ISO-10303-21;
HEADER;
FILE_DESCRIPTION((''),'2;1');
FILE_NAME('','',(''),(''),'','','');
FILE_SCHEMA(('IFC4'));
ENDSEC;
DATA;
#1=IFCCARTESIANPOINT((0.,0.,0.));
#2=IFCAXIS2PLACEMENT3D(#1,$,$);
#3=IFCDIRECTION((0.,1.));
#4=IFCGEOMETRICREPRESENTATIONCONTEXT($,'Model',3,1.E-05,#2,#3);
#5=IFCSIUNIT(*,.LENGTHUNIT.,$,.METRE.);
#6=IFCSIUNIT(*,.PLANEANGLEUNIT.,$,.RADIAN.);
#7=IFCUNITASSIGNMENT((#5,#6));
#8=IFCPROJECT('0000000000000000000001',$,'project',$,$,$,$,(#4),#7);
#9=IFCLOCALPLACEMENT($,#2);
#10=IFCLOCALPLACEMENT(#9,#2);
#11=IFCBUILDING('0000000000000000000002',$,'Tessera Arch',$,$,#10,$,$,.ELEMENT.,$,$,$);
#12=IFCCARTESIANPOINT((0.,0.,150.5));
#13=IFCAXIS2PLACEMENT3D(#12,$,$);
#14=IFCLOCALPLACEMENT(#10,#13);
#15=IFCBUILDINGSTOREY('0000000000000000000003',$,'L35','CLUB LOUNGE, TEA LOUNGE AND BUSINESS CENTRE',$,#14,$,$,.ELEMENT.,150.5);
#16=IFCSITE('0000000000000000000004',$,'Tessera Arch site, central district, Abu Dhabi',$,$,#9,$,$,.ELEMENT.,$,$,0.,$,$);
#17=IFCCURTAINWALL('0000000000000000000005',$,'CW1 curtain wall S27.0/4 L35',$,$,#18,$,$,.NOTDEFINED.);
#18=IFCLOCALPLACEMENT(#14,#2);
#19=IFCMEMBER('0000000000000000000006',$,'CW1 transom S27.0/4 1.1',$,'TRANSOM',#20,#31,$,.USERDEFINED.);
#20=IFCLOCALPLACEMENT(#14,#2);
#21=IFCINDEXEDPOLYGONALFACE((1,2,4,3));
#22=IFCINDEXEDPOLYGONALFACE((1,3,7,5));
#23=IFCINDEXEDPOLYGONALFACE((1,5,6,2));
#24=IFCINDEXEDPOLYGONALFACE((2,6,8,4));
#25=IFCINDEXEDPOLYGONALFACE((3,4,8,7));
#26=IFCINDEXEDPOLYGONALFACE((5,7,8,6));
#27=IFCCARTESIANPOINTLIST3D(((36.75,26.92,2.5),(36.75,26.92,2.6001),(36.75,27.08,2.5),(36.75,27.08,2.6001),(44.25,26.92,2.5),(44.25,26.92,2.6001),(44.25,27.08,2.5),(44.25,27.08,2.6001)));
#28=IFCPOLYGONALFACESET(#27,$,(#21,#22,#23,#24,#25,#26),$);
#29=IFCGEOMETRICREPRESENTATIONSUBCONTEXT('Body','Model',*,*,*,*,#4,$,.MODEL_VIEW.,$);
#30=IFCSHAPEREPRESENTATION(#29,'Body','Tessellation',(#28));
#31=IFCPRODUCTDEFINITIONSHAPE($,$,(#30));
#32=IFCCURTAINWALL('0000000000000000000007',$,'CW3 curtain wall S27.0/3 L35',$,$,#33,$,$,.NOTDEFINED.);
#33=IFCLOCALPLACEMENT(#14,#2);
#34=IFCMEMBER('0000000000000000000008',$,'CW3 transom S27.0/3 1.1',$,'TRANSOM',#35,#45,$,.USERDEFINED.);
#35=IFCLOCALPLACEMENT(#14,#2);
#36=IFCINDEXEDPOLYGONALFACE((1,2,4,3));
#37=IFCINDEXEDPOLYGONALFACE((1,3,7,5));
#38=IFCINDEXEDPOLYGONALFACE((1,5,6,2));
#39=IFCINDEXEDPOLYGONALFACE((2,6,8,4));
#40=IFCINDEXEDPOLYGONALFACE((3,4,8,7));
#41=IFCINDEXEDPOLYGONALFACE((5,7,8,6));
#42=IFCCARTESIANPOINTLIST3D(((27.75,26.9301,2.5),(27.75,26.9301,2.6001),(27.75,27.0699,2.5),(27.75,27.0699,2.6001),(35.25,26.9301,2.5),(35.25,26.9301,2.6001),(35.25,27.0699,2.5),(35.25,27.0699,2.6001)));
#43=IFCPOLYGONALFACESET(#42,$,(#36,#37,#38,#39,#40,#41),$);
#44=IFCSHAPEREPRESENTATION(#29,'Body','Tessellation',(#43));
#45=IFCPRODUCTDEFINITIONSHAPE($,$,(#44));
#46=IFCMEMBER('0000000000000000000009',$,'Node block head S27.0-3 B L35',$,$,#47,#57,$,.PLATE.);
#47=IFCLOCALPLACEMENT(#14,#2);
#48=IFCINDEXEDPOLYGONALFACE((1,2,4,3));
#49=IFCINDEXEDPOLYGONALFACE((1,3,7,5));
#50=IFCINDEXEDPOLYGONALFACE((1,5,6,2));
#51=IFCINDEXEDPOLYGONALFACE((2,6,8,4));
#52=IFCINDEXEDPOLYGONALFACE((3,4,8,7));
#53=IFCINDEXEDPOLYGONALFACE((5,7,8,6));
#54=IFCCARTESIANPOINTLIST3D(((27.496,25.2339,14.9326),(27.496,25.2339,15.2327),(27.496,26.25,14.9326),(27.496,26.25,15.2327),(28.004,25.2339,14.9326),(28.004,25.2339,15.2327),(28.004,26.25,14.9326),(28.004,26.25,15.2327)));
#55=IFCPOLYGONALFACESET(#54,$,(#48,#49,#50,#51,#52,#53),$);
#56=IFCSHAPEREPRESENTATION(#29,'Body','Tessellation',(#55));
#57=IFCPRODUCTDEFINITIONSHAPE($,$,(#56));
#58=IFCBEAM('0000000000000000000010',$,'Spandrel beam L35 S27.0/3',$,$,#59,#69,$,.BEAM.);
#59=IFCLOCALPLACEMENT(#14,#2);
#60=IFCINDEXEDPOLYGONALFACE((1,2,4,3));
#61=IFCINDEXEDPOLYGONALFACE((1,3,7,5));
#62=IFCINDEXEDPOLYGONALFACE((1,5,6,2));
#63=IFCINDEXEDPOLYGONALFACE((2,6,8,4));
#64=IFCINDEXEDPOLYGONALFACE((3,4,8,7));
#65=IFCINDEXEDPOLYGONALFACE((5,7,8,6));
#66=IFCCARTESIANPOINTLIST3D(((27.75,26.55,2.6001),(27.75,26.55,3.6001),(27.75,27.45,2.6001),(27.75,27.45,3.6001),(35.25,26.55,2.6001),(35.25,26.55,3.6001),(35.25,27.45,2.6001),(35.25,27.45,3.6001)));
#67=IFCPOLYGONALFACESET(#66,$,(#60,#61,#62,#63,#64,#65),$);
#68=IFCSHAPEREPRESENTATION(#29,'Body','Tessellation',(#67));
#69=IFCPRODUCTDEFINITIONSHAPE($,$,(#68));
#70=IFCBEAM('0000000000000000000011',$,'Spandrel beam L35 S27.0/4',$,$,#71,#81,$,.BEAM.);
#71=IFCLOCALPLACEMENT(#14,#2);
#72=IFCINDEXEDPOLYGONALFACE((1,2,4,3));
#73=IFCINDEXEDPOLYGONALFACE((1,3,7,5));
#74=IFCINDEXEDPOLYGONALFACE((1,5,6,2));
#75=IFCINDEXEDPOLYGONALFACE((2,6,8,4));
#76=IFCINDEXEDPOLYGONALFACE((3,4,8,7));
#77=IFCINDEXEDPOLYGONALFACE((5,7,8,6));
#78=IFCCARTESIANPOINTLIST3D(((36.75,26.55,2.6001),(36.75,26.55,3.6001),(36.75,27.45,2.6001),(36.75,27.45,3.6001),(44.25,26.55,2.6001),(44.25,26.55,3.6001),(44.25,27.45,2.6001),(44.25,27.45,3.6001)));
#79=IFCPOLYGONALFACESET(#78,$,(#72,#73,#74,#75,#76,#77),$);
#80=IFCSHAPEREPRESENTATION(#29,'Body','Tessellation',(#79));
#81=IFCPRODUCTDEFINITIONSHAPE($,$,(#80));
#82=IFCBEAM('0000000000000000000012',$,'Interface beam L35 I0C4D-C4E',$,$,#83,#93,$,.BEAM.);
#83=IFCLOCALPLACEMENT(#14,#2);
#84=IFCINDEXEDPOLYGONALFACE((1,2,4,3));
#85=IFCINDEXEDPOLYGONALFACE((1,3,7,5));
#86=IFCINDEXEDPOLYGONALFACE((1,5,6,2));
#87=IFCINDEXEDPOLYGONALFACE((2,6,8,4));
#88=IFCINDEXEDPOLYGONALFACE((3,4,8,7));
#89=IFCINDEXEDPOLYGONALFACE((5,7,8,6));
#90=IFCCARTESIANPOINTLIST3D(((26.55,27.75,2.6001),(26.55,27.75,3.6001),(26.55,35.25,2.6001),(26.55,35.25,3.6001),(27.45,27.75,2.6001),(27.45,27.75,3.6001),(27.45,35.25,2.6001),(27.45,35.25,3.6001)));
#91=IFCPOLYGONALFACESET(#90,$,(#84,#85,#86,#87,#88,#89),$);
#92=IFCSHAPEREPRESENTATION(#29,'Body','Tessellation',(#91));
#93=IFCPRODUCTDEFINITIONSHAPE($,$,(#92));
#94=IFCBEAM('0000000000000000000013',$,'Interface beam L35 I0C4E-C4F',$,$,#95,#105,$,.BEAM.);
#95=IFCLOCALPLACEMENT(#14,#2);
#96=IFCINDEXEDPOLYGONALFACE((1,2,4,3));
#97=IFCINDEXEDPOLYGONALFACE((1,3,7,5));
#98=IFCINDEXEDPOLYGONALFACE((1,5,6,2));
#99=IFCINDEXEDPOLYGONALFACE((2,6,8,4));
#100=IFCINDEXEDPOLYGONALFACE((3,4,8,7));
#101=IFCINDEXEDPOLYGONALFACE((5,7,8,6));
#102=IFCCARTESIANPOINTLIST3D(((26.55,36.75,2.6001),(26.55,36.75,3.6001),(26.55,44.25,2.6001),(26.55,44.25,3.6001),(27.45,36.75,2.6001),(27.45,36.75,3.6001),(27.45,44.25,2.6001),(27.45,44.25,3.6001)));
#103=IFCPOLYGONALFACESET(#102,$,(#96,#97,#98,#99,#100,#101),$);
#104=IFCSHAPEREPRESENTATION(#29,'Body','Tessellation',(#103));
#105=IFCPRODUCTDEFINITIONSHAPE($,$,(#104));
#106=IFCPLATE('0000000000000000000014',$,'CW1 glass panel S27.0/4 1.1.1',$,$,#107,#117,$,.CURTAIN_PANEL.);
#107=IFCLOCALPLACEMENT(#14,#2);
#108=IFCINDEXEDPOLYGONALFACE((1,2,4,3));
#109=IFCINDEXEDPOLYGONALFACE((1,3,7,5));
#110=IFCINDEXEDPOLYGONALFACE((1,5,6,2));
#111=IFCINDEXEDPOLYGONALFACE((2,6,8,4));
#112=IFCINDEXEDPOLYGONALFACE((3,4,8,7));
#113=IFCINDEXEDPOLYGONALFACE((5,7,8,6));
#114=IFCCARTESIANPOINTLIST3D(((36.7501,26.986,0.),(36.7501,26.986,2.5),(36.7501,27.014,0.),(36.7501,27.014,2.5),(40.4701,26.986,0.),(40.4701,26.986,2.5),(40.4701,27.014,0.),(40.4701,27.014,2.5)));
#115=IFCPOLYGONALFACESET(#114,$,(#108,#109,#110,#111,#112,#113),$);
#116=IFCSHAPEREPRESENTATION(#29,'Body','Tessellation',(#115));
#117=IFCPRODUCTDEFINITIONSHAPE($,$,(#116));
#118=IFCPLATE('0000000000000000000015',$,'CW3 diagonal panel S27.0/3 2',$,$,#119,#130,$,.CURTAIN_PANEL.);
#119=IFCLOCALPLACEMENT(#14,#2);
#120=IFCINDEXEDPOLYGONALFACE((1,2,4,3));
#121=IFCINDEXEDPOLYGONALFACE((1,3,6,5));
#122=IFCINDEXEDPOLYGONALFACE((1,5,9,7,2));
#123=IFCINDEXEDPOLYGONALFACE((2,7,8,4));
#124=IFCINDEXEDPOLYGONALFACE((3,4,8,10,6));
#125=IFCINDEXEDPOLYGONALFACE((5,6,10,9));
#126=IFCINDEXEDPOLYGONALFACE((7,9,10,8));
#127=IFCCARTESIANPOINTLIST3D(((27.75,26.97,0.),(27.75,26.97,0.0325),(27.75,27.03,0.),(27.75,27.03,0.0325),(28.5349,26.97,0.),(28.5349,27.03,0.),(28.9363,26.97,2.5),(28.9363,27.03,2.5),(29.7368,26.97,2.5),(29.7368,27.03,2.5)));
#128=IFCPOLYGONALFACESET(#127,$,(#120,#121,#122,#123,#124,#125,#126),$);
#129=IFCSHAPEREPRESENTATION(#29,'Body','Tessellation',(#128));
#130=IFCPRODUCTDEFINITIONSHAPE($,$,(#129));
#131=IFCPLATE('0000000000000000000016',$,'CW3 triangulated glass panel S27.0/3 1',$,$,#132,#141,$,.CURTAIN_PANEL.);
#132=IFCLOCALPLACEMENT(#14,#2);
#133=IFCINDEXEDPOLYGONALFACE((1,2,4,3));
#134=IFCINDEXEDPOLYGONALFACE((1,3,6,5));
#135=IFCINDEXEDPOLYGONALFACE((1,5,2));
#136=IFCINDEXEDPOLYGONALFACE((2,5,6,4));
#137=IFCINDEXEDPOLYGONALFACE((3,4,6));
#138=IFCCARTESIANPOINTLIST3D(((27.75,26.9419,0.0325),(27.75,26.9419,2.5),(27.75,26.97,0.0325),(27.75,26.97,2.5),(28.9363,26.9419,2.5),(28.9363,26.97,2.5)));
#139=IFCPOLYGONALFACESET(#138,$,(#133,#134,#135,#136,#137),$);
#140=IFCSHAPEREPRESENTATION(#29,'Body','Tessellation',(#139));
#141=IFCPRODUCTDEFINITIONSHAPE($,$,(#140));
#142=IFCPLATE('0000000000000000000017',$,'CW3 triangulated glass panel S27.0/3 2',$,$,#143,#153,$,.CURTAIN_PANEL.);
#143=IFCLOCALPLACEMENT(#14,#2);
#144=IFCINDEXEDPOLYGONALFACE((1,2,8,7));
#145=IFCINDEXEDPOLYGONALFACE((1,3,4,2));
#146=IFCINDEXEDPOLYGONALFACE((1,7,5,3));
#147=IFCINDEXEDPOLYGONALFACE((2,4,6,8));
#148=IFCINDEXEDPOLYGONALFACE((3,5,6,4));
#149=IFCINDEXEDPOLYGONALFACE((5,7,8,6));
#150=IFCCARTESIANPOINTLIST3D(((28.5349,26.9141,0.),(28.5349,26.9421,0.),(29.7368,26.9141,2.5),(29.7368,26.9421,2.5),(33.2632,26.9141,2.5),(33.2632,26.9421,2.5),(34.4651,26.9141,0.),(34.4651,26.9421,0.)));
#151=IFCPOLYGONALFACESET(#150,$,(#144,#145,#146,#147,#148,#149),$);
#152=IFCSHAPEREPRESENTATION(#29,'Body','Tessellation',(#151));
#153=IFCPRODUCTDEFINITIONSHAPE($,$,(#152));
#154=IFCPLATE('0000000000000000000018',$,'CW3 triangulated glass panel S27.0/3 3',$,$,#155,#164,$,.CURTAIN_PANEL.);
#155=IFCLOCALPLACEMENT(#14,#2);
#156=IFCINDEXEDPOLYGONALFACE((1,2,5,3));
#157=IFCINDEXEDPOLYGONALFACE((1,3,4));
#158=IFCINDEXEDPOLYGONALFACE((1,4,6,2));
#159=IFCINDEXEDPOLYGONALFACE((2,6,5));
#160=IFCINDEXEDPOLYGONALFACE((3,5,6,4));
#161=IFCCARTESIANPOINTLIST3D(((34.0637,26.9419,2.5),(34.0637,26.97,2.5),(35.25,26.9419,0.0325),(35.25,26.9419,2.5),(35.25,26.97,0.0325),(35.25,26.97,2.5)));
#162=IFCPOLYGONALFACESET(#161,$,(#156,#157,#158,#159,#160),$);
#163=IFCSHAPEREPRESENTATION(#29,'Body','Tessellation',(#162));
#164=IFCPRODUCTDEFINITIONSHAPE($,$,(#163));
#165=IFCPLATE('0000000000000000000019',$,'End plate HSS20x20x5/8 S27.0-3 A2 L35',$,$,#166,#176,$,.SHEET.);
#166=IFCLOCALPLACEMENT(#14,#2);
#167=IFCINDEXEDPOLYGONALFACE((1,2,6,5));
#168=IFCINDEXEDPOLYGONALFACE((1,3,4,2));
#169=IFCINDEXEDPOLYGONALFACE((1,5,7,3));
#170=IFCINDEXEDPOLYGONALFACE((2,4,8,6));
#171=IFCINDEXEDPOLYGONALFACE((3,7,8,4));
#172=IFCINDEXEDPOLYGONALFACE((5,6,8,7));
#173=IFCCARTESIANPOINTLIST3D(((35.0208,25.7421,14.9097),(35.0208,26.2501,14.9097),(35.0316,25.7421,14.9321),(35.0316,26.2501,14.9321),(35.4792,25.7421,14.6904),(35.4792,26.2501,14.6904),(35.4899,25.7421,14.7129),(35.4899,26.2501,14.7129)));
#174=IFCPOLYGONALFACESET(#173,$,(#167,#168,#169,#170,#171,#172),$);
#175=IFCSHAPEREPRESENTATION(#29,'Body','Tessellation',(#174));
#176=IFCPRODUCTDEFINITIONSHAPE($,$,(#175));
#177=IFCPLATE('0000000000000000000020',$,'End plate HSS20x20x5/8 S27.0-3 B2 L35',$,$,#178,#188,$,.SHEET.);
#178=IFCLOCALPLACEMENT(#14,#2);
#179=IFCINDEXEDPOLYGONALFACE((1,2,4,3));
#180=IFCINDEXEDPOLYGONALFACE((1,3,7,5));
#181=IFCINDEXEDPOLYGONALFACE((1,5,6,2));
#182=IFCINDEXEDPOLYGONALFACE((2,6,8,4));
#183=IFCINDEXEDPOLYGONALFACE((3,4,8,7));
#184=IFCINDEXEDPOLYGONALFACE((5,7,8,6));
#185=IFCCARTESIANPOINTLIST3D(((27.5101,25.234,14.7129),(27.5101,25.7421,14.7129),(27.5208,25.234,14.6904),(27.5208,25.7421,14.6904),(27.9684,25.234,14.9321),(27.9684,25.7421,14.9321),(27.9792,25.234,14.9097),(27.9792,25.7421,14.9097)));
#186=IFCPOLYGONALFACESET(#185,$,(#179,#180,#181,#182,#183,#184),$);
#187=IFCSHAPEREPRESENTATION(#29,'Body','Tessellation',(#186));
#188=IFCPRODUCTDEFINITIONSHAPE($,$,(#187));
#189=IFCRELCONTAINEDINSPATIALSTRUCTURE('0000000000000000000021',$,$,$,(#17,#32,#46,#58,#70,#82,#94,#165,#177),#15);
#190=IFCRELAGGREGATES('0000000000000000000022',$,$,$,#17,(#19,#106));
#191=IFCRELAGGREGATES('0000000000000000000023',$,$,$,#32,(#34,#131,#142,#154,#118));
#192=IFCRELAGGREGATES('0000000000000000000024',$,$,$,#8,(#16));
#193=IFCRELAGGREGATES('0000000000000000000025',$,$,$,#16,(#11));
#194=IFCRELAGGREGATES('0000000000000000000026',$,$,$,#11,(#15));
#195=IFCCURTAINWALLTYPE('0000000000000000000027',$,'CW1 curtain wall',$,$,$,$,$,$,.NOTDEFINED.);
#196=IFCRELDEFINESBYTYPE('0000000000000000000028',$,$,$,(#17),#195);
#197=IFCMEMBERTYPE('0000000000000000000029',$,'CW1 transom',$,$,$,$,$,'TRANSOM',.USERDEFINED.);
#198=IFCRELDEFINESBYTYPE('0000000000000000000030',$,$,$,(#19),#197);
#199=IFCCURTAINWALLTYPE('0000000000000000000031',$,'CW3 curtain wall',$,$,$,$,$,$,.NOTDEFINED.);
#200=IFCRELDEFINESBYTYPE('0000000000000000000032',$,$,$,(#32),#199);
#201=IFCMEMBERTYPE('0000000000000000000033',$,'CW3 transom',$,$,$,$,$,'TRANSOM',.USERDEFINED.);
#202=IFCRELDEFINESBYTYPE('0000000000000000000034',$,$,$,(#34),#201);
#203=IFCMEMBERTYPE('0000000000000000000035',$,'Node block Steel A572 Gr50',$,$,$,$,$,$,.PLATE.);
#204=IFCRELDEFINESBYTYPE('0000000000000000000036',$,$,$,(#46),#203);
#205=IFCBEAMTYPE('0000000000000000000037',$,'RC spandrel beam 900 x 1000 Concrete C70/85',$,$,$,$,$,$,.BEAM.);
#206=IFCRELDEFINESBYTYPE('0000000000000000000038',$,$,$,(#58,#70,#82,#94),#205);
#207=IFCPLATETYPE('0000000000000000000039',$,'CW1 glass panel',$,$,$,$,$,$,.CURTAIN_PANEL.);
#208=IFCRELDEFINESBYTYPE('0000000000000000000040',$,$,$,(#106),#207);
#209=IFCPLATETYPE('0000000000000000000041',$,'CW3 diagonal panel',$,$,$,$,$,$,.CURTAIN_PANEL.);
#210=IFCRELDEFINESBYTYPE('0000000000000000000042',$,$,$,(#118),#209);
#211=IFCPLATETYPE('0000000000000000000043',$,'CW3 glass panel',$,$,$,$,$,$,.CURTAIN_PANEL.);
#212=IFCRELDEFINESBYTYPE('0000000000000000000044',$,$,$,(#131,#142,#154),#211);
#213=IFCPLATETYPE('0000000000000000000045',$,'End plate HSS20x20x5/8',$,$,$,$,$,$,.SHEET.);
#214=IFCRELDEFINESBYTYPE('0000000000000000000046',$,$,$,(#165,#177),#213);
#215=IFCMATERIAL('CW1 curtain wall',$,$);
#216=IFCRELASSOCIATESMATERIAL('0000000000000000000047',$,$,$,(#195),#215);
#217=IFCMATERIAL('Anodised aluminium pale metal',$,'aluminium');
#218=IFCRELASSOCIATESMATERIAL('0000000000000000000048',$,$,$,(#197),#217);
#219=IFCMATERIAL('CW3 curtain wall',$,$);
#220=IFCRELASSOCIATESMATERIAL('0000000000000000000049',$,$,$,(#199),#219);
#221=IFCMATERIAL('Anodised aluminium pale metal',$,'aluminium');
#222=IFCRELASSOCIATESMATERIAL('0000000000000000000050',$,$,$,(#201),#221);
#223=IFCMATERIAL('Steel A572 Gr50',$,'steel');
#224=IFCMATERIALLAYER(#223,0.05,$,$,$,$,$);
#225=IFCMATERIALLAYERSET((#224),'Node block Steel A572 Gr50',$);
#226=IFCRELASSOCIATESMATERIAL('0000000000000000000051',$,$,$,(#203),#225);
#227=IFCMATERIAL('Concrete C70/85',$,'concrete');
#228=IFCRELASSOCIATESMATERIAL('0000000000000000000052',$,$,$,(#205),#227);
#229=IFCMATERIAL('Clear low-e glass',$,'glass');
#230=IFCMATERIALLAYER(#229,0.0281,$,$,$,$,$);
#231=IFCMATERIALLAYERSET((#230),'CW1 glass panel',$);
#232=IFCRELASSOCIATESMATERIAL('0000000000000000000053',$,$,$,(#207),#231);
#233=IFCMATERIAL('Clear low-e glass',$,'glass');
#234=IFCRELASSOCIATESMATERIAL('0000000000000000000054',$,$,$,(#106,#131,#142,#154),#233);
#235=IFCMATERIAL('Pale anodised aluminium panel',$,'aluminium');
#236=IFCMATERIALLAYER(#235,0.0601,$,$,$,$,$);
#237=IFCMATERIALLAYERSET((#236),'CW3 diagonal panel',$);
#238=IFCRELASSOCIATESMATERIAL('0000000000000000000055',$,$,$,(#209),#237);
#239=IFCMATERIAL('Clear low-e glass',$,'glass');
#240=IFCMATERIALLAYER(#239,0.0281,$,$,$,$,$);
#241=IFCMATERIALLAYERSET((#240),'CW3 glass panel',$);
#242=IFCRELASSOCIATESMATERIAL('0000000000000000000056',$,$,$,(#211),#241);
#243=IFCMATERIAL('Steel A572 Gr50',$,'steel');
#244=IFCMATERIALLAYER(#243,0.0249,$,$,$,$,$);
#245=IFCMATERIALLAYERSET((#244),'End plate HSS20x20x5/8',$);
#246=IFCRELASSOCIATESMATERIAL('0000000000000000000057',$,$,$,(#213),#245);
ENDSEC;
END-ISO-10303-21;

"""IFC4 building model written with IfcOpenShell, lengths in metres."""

from ifc_helpers import new_model, si_unit, direction, frame, origin, origin_2d, place, context, subcontext, project, spatial, polyline, rectangle, outline, extrude, material, layer, layer_set, material_profile, profile_set, type_object, element, aggregate, save


model = new_model("IFC4")

# Units and contexts
model_context = context("Model", 3, precision=1e-05, world=origin(), true_north=direction((0.0, 1.0)))
body_context = subcontext(model_context, "Body", "Model", "MODEL_VIEW")
ifc_project = project(units=[si_unit("LENGTHUNIT", "METRE"), si_unit("PLANEANGLEUNIT", "RADIAN")], contexts=[model_context])

# Site, building, storey
site_placement = place(None, origin())
site = spatial("IfcSite", under=ifc_project, at=site_placement, Name="Tessera Arch site, central district, Abu Dhabi", CompositionType="ELEMENT", RefElevation=0.0)
building_placement = place(site_placement, origin())
building = spatial("IfcBuilding", under=site, at=building_placement, Name="Tessera Arch", CompositionType="ELEMENT")
storey_placement = place(building_placement, frame((0.0, 0.0, 150.5)))
storey = spatial("IfcBuildingStorey", under=building, at=storey_placement, Name="L35", Description="CLUB LOUNGE, TEA LOUNGE AND BUSINESS CENTRE", CompositionType="ELEMENT", Elevation=150.5)

# Curtain walls, members
ifc_material_1 = material(Name="CW1 curtain wall")
curtain_wall_type_1 = type_object("IfcCurtainWallType", Name="CW1 curtain wall", PredefinedType="NOTDEFINED", material=ifc_material_1)
curtain_wall_1_placement = place(storey_placement, origin())
curtain_wall_1 = element("IfcCurtainWall", 1, at=curtain_wall_1_placement, inside=storey, type_object=curtain_wall_type_1, Name="CW1 curtain wall S27.0/4 L35", PredefinedType="NOTDEFINED")
ifc_material_2 = material(Name="Anodised aluminium pale metal", Category="aluminium")
ifc_material_profile_1 = material_profile(ifc_material_2, rectangle(XDim=0.1599, YDim=0.1001, at=origin_2d()), Name="AL 160x100")
ifc_profile_set_1 = profile_set([ifc_material_profile_1], Name="Anodised aluminium pale metal")
member_type_1 = type_object("IfcMemberType", Name="CW1 transom", ElementType="TRANSOM", PredefinedType="USERDEFINED", material=ifc_profile_set_1)
member_1_placement = place(storey_placement, frame((36.75, 27.0, 2.55), z_axis=(1.0, 0.0, 0.0), x_axis=(0.0, 1.0, 0.0)))
member_1 = element("IfcMember", 2, at=member_1_placement, type_object=member_type_1, Name="CW1 transom S27.0/4 1.1", ObjectType="TRANSOM", PredefinedType="USERDEFINED", context=body_context, shape_type="SweptSolid", body=[
    extrude(rectangle(XDim=0.1599, YDim=0.1001, at=origin_2d()), origin(), (0.0, 0.0, 1.0), 7.5),
])
ifc_material_3 = material(Name="CW3 curtain wall")
curtain_wall_type_2 = type_object("IfcCurtainWallType", Name="CW3 curtain wall", PredefinedType="NOTDEFINED", material=ifc_material_3)
curtain_wall_2_placement = place(storey_placement, origin())
curtain_wall_2 = element("IfcCurtainWall", 3, at=curtain_wall_2_placement, inside=storey, type_object=curtain_wall_type_2, Name="CW3 curtain wall S27.0/3 L35", PredefinedType="NOTDEFINED")
ifc_material_4 = material(Name="Anodised aluminium pale metal", Category="aluminium")
ifc_material_profile_2 = material_profile(ifc_material_4, rectangle(XDim=0.1399, YDim=0.1001, at=origin_2d()), Name="AL 140x100")
ifc_profile_set_2 = profile_set([ifc_material_profile_2], Name="Anodised aluminium pale metal")
member_type_2 = type_object("IfcMemberType", Name="CW3 transom", ElementType="TRANSOM", PredefinedType="USERDEFINED", material=ifc_profile_set_2)
member_2_placement = place(storey_placement, frame((27.75, 27.0, 2.55), z_axis=(1.0, 0.0, 0.0), x_axis=(0.0, 1.0, 0.0)))
member_2 = element("IfcMember", 4, at=member_2_placement, type_object=member_type_2, Name="CW3 transom S27.0/3 1.1", ObjectType="TRANSOM", PredefinedType="USERDEFINED", context=body_context, shape_type="SweptSolid", body=[
    extrude(rectangle(XDim=0.1399, YDim=0.1001, at=origin_2d()), origin(), (0.0, 0.0, 1.0), 7.5),
])

# Member
ifc_material_5 = material(Name="Steel A572 Gr50", Category="steel")
ifc_layer_1 = layer(ifc_material_5, 0.05)
ifc_layer_set_1 = layer_set([ifc_layer_1], Name="Node block Steel A572 Gr50")
member_type_3 = type_object("IfcMemberType", Name="Node block Steel A572 Gr50", PredefinedType="PLATE", material=ifc_layer_set_1)
member_3_placement = place(storey_placement, frame((27.75, 25.7419, 14.9326), z_axis=(0.0, 0.0, 1.0), x_axis=(1.0, 0.0, 0.0)))
element("IfcMember", 5, at=member_3_placement, inside=storey, type_object=member_type_3, Name="Node block head S27.0-3 B L35", PredefinedType="PLATE", context=body_context, shape_type="SweptSolid", body=[
    extrude(rectangle(XDim=0.5081, YDim=1.0161, at=origin_2d()), origin(), (0.0, 0.0, 1.0), 0.3),
])

# Beams
ifc_material_6 = material(Name="Concrete C70/85", Category="concrete")
ifc_material_profile_3 = material_profile(ifc_material_6, rectangle(XDim=0.8999, YDim=1.0, at=origin_2d()), Name="RC spandrel beam 900 x 1000 Concrete C70/85")
ifc_profile_set_3 = profile_set([ifc_material_profile_3], Name="Concrete C70/85")
beam_type = type_object("IfcBeamType", Name="RC spandrel beam 900 x 1000 Concrete C70/85", PredefinedType="BEAM", material=ifc_profile_set_3)
for number, where, z_axis, x_axis, name in (
    (6, (27.75, 27.0, 3.1001), (1.0, 0.0, 0.0), (0.0, 1.0, 0.0), "Spandrel beam L35 S27.0/3"),
    (7, (36.75, 27.0, 3.1001), (1.0, 0.0, 0.0), (0.0, 1.0, 0.0), "Spandrel beam L35 S27.0/4"),
    (8, (27.0, 27.75, 3.1001), (0.0, 1.0, 0.0), (-1.0, 0.0, 0.0), "Interface beam L35 I0C4D-C4E"),
    (9, (27.0, 36.75, 3.1001), (0.0, 1.0, 0.0), (-1.0, 0.0, 0.0), "Interface beam L35 I0C4E-C4F"),
):
    element("IfcBeam", number, at=place(storey_placement, frame(where, z_axis=z_axis, x_axis=x_axis)), inside=storey, type_object=beam_type, Name=name, PredefinedType="BEAM", context=body_context, shape_type="SweptSolid", body=[
        extrude(rectangle(XDim=0.8999, YDim=1.0, at=origin_2d()), origin(), (0.0, 0.0, 1.0), 7.5),
    ])

# Plates
ifc_material_7 = material(Name="Clear low-e glass", Category="glass")
ifc_material_8 = material(Name="Clear low-e glass", Category="glass")
ifc_layer_2 = layer(ifc_material_8, 0.0281)
ifc_layer_set_2 = layer_set([ifc_layer_2], Name="CW1 glass panel")
plate_type_1 = type_object("IfcPlateType", Name="CW1 glass panel", PredefinedType="CURTAIN_PANEL", material=ifc_layer_set_2)
plate_1_placement = place(storey_placement, frame((38.6101, 27.0, 0.0), z_axis=(0.0, 0.0, 1.0), x_axis=(1.0, 0.0, 0.0)))
plate_1 = element("IfcPlate", 10, at=plate_1_placement, type_object=plate_type_1, material=ifc_material_7, Name="CW1 glass panel S27.0/4 1.1.1", PredefinedType="CURTAIN_PANEL", context=body_context, shape_type="SweptSolid", body=[
    extrude(rectangle(XDim=3.72, YDim=0.0281, at=origin_2d()), origin(), (0.0, 0.0, 1.0), 2.5),
])
aggregate(curtain_wall_1, [member_1, plate_1])
ifc_material_9 = material(Name="Pale anodised aluminium panel", Category="aluminium")
ifc_layer_3 = layer(ifc_material_9, 0.0601)
ifc_layer_set_3 = layer_set([ifc_layer_3], Name="CW3 diagonal panel")
plate_type_2 = type_object("IfcPlateType", Name="CW3 diagonal panel", PredefinedType="CURTAIN_PANEL", material=ifc_layer_set_3)
plate_2_placement = place(storey_placement, frame((29.7368, 26.97, 2.5), z_axis=(0.0, -1.0, 0.0), x_axis=(-1.0, 0.0, 0.0)))
plate_2 = element("IfcPlate", 11, at=plate_2_placement, type_object=plate_type_2, Name="CW3 diagonal panel S27.0/3 2", PredefinedType="CURTAIN_PANEL", context=body_context, shape_type="SweptSolid", body=[
    extrude(outline(polyline([(0.0, 0.0), (0.8005, 0.0), (1.9868, 2.4675), (1.9868, 2.5), (1.2019, 2.5), (0.0, 0.0)])), origin(), (0.0, 0.0, -1.0), 0.0601),
])
ifc_material_10 = material(Name="Clear low-e glass", Category="glass")
ifc_layer_4 = layer(ifc_material_10, 0.0281)
ifc_layer_set_4 = layer_set([ifc_layer_4], Name="CW3 glass panel")
plate_type_3 = type_object("IfcPlateType", Name="CW3 glass panel", PredefinedType="CURTAIN_PANEL", material=ifc_layer_set_4)
plate_3_placement = place(storey_placement, frame((27.75, 26.9419, 2.5), z_axis=(0.0, -1.0, 0.0), x_axis=(0.0, 0.0, -1.0)))
plate_3 = element("IfcPlate", 12, at=plate_3_placement, type_object=plate_type_3, material=ifc_material_7, Name="CW3 triangulated glass panel S27.0/3 1", PredefinedType="CURTAIN_PANEL", context=body_context, shape_type="SweptSolid", body=[
    extrude(outline(polyline([(0.0, 0.0), (2.4675, 0.0), (0.0, 1.1863), (0.0, 0.0)])), origin(), (0.0, 0.0, -1.0), 0.0281),
])
plate_4_placement = place(storey_placement, frame((33.2632, 26.9141, 2.5), z_axis=(0.0, -1.0, 0.0), x_axis=(-1.0, 0.0, 0.0)))
plate_4 = element("IfcPlate", 13, at=plate_4_placement, type_object=plate_type_3, material=ifc_material_7, Name="CW3 triangulated glass panel S27.0/3 2", PredefinedType="CURTAIN_PANEL", context=body_context, shape_type="SweptSolid", body=[
    extrude(outline(polyline([(0.0, 0.0), (3.5264, 0.0), (4.7283, 2.5), (-1.2019, 2.5), (0.0, 0.0)])), origin(), (0.0, 0.0, -1.0), 0.0281),
])
plate_5_placement = place(storey_placement, frame((35.25, 26.9419, 2.5), z_axis=(0.0, -1.0, 0.0), x_axis=(-1.0, 0.0, 0.0)))
plate_5 = element("IfcPlate", 14, at=plate_5_placement, type_object=plate_type_3, material=ifc_material_7, Name="CW3 triangulated glass panel S27.0/3 3", PredefinedType="CURTAIN_PANEL", context=body_context, shape_type="SweptSolid", body=[
    extrude(outline(polyline([(0.0, 0.0), (1.1863, 0.0), (0.0, 2.4675), (0.0, 0.0)])), origin(), (0.0, 0.0, -1.0), 0.0281),
])
aggregate(curtain_wall_2, [member_2, plate_3, plate_4, plate_5, plate_2])

# Plates
ifc_material_11 = material(Name="Steel A572 Gr50", Category="steel")
ifc_layer_5 = layer(ifc_material_11, 0.0249)
ifc_layer_set_5 = layer_set([ifc_layer_5], Name="End plate HSS20x20x5/8")
plate_type_4 = type_object("IfcPlateType", Name="End plate HSS20x20x5/8", PredefinedType="SHEET", material=ifc_layer_set_5)
for number, where, z_axis, x_axis, name in (
    (15, (35.25, 25.9961, 14.8), (0.431455, 0.0, 0.902134), (0.0, 1.0, 0.0), "End plate HSS20x20x5/8 S27.0-3 A2 L35"),
    (16, (27.75, 25.488, 14.8), (-0.431455, 0.0, 0.902134), (0.0, -1.0, 0.0), "End plate HSS20x20x5/8 S27.0-3 B2 L35"),
):
    element("IfcPlate", number, at=place(storey_placement, frame(where, z_axis=z_axis, x_axis=x_axis)), inside=storey, type_object=plate_type_4, Name=name, PredefinedType="SHEET", context=body_context, shape_type="SweptSolid", body=[
        extrude(rectangle(XDim=0.5081, YDim=0.5081, at=origin_2d()), origin(), (0.0, 0.0, 1.0), 0.0249),
    ])

save(model, "model.ifc")
